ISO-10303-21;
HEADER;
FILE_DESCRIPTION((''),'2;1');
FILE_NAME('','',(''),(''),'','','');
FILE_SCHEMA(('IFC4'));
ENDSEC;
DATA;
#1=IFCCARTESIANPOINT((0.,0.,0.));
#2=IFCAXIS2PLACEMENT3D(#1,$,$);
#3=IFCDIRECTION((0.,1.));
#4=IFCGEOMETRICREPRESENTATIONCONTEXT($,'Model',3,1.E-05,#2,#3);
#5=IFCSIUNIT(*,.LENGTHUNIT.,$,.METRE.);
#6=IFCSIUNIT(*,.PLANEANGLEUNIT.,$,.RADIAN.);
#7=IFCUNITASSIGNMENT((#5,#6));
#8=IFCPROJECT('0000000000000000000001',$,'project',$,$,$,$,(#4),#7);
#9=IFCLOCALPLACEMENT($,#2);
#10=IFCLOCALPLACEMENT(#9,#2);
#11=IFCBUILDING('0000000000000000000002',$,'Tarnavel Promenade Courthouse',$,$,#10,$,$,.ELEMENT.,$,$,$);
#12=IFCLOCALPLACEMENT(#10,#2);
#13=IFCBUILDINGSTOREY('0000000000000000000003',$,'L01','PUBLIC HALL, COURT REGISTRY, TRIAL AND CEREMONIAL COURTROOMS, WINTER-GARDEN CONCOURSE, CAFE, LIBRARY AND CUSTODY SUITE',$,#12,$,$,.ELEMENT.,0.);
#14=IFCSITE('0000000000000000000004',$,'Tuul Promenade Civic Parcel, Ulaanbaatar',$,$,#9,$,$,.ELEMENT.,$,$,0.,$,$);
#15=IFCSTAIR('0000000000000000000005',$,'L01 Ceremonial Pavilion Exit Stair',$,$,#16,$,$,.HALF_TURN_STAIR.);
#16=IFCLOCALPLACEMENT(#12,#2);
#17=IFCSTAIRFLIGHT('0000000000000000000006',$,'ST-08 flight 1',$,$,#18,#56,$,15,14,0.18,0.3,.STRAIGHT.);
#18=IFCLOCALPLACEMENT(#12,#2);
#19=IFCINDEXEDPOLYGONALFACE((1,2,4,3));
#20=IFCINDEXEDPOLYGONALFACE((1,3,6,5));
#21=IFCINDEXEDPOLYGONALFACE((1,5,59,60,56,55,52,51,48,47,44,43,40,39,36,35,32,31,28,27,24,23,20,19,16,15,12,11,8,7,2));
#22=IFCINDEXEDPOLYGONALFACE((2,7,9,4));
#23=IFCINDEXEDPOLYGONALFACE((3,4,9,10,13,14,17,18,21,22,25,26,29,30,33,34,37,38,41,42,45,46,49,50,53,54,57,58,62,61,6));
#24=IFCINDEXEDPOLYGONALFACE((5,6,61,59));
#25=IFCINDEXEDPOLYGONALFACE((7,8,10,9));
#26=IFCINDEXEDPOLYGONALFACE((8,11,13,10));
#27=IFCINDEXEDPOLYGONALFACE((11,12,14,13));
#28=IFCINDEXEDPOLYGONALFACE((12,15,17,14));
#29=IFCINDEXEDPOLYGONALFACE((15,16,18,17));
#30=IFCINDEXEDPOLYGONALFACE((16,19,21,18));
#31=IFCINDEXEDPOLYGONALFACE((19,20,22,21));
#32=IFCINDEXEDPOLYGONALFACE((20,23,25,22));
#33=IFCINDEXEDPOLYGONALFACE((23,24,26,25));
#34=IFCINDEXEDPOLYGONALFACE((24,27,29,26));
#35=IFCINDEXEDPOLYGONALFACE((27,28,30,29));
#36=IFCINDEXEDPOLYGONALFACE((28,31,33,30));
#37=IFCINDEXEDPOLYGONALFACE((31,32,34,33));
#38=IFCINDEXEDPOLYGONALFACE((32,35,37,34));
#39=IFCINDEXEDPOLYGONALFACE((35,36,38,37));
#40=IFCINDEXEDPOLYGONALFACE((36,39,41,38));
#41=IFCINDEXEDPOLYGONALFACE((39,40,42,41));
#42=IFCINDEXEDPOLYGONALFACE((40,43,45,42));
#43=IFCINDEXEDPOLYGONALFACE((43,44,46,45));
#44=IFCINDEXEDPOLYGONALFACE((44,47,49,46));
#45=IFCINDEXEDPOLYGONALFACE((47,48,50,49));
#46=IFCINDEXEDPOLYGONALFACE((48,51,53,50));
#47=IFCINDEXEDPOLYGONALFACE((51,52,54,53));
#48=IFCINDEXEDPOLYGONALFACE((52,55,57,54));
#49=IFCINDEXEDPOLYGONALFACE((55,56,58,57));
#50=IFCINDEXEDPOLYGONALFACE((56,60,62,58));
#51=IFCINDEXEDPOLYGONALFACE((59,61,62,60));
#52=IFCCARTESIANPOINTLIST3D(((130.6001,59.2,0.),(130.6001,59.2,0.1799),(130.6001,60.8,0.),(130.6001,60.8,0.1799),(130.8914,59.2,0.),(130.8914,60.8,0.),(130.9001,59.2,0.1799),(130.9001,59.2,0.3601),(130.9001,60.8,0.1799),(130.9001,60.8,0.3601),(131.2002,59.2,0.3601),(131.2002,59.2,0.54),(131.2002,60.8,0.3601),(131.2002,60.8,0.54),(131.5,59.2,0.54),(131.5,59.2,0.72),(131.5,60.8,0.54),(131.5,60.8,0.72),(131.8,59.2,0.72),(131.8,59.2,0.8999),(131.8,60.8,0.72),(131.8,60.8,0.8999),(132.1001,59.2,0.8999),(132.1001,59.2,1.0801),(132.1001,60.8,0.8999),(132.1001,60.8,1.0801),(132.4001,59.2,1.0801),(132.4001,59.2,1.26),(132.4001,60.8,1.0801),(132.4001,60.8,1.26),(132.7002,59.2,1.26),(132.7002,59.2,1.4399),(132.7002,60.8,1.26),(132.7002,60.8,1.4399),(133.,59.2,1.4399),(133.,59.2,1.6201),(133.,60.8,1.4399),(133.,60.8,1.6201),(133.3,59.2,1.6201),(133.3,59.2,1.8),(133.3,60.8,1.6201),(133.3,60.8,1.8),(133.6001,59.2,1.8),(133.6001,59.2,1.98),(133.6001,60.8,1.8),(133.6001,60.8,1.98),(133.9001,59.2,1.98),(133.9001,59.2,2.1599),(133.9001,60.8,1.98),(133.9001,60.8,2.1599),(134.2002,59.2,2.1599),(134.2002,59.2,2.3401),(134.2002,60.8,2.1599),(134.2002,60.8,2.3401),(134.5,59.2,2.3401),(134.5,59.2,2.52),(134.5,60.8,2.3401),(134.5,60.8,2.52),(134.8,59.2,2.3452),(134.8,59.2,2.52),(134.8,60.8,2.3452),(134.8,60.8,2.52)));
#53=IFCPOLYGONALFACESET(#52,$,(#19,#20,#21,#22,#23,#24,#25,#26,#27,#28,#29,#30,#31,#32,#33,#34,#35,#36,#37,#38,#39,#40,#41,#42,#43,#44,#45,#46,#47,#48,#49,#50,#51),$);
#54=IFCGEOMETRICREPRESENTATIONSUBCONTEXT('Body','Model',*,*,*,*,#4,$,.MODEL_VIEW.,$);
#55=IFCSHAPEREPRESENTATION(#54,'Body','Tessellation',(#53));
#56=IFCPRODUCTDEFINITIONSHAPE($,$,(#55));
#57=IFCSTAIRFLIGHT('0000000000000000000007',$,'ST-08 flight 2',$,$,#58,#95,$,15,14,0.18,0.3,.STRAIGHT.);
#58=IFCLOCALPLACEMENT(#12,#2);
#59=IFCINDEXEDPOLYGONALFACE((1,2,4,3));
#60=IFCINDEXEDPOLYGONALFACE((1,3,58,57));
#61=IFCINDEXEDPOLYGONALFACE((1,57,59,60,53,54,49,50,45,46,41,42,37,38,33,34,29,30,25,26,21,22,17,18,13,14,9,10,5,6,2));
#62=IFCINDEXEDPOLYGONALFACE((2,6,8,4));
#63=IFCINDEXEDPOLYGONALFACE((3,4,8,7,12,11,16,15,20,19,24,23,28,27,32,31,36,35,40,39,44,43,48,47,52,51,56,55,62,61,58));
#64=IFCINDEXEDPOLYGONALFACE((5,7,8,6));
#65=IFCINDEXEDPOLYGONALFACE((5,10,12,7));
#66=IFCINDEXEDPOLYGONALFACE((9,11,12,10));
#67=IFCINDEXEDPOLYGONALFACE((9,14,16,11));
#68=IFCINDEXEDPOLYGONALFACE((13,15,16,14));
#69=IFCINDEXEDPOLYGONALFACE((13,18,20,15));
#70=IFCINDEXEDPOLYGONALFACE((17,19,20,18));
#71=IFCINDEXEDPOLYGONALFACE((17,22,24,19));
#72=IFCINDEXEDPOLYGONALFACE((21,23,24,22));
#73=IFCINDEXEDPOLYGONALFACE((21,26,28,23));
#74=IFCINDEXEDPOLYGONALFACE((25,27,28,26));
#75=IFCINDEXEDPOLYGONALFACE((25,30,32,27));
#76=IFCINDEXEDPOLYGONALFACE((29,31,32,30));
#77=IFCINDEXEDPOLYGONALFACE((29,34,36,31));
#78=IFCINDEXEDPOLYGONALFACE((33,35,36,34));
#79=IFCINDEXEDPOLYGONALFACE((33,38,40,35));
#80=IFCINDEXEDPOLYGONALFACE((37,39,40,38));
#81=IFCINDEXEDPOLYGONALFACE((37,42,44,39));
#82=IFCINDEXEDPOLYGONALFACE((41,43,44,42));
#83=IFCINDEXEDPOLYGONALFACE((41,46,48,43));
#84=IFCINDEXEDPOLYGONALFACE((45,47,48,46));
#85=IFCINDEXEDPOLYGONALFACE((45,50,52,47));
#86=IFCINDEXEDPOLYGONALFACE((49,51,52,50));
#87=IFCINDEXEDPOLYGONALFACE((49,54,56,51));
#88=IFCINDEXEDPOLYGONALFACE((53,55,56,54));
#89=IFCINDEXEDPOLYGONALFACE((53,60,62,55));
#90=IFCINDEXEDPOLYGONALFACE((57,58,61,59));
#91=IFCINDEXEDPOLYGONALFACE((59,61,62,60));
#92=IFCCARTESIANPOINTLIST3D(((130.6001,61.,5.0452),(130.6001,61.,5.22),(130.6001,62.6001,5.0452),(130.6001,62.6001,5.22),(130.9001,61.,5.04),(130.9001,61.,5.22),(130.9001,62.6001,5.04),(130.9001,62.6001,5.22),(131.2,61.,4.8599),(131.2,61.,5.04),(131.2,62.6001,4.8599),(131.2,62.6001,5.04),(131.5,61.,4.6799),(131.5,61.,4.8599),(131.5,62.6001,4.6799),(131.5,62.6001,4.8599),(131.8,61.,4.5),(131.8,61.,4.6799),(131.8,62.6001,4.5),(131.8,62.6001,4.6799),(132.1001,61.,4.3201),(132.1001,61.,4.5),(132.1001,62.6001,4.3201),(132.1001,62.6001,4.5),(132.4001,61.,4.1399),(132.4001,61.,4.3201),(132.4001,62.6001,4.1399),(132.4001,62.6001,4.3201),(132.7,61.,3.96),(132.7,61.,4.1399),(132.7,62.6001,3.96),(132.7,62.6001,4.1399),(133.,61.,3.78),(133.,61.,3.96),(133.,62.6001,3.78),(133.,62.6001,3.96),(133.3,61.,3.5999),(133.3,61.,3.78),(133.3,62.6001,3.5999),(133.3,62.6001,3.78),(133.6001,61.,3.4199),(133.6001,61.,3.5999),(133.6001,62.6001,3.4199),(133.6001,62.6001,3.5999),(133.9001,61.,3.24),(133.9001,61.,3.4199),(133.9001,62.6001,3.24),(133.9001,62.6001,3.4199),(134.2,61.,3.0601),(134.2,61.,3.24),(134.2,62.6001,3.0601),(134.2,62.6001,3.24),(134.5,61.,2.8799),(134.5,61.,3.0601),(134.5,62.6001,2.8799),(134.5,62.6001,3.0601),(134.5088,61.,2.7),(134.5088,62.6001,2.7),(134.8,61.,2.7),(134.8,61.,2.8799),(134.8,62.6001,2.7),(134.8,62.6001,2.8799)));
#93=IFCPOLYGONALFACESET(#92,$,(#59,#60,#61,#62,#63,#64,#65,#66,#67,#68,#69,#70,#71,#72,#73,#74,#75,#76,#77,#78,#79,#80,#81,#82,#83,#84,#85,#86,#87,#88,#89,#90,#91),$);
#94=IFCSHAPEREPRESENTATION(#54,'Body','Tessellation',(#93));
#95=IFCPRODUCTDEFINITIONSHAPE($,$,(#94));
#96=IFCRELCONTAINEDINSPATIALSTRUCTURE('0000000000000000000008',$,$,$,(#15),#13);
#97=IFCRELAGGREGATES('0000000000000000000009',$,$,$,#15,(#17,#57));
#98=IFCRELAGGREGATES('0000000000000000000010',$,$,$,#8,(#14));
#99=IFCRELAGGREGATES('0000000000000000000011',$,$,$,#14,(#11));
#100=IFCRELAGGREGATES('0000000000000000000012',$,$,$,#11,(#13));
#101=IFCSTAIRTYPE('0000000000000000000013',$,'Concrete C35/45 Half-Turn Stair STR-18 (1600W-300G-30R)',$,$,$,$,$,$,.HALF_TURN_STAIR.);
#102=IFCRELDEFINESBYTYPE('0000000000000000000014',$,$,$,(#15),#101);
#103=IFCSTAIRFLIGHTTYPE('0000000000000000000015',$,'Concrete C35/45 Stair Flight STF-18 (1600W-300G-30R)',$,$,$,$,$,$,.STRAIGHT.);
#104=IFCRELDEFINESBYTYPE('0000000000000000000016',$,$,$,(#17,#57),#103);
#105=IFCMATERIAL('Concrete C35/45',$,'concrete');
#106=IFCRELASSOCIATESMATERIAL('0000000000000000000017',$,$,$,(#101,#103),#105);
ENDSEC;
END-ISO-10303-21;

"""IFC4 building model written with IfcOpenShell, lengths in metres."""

from ifc_helpers import new_model, si_unit, direction, frame, origin, place, context, subcontext, project, spatial, polyline, outline, extrude, material, type_object, element, aggregate, save


model = new_model("IFC4")

# Units and contexts
model_context = context("Model", 3, precision=1e-05, world=origin(), true_north=direction((0.0, 1.0)))
body_context = subcontext(model_context, "Body", "Model", "MODEL_VIEW")
ifc_project = project(units=[si_unit("LENGTHUNIT", "METRE"), si_unit("PLANEANGLEUNIT", "RADIAN")], contexts=[model_context])

# Site, building, storey
site_placement = place(None, origin())
site = spatial("IfcSite", under=ifc_project, at=site_placement, Name="Tuul Promenade Civic Parcel, Ulaanbaatar", CompositionType="ELEMENT", RefElevation=0.0)
building_placement = place(site_placement, origin())
building = spatial("IfcBuilding", under=site, at=building_placement, Name="Tarnavel Promenade Courthouse", CompositionType="ELEMENT")
storey_placement = place(building_placement, origin())
storey = spatial("IfcBuildingStorey", under=building, at=storey_placement, Name="L01", Description="PUBLIC HALL, COURT REGISTRY, TRIAL AND CEREMONIAL COURTROOMS, WINTER-GARDEN CONCOURSE, CAFE, LIBRARY AND CUSTODY SUITE", CompositionType="ELEMENT", Elevation=0.0)

# Stair, stair flights
ifc_material_1 = material(Name="Concrete C35/45", Category="concrete")
stair_type = type_object("IfcStairType", Name="Concrete C35/45 Half-Turn Stair STR-18 (1600W-300G-30R)", PredefinedType="HALF_TURN_STAIR", material=ifc_material_1)
stair_placement = place(storey_placement, origin())
stair = element("IfcStair", 1, at=stair_placement, inside=storey, type_object=stair_type, Name="L01 Ceremonial Pavilion Exit Stair", PredefinedType="HALF_TURN_STAIR")
stair_flight_type = type_object("IfcStairFlightType", Name="Concrete C35/45 Stair Flight STF-18 (1600W-300G-30R)", PredefinedType="STRAIGHT", material=ifc_material_1)
stair_flight_1_placement = place(storey_placement, frame((130.6001, 60.0, 0.0), z_axis=(0.0, 0.0, 1.0), x_axis=(1.0, 0.0, 0.0)))
stair_flight_1 = element("IfcStairFlight", 2, at=stair_flight_1_placement, type_object=stair_flight_type, Name="ST-08 flight 1", NumberOfRisers=15, NumberOfTreads=14, PredefinedType="STRAIGHT", RiserHeight=0.18, TreadLength=0.3, context=body_context, shape_type="SweptSolid", body=[
    extrude(outline(polyline([(0.0, 0.0), (0.0, 0.1799), (0.3, 0.1799), (0.3, 0.3601), (0.6001, 0.3601), (0.6001, 0.54), (0.8999, 0.54), (0.8999, 0.72), (1.2, 0.72), (1.2, 0.8999), (1.5, 0.8999), (1.5, 1.0801), (1.8, 1.0801), (1.8, 1.26), (2.1001, 1.26), (2.1001, 1.4399), (2.3999, 1.4399), (2.3999, 1.6201), (2.7, 1.6201), (2.7, 1.8), (3.0, 1.8), (3.0, 1.98), (3.3, 1.98), (3.3, 2.1599), (3.6001, 2.1599), (3.6001, 2.3401), (3.8999, 2.3401), (3.8999, 2.52), (4.2, 2.52), (4.2, 2.7), (4.2, 2.3452), (0.2913, 0.0), (0.0, 0.0)])), frame((0.0, 0.8, 0.0), z_axis=(0.0, -1.0, 0.0), x_axis=(1.0, 0.0, 0.0)), (0.0, 0.0, 1.0), 1.6001),
])
stair_flight_2_placement = place(storey_placement, frame((134.8, 61.8, 2.7), z_axis=(0.0, 0.0, 1.0), x_axis=(-1.0, 0.0, 0.0)))
stair_flight_2 = element("IfcStairFlight", 3, at=stair_flight_2_placement, type_object=stair_flight_type, Name="ST-08 flight 2", NumberOfRisers=15, NumberOfTreads=14, PredefinedType="STRAIGHT", RiserHeight=0.18, TreadLength=0.3, context=body_context, shape_type="SweptSolid", body=[
    extrude(outline(polyline([(0.0, 0.0), (0.0, 0.1799), (0.3, 0.1799), (0.3, 0.3601), (0.6001, 0.3601), (0.6001, 0.54), (0.8999, 0.54), (0.8999, 0.72), (1.2, 0.72), (1.2, 0.8999), (1.5, 0.8999), (1.5, 1.0801), (1.8, 1.0801), (1.8, 1.26), (2.1001, 1.26), (2.1001, 1.4399), (2.3999, 1.4399), (2.3999, 1.6201), (2.7, 1.6201), (2.7, 1.8), (3.0, 1.8), (3.0, 1.98), (3.3, 1.98), (3.3, 2.1599), (3.6001, 2.1599), (3.6001, 2.3401), (3.8999, 2.3401), (3.8999, 2.52), (4.2, 2.52), (4.2, 2.7), (4.2, 2.3452), (0.2913, 0.0), (0.0, 0.0)])), frame((0.0, 0.8, 0.0), z_axis=(0.0, -1.0, 0.0), x_axis=(1.0, 0.0, 0.0)), (0.0, 0.0, 1.0), 1.6001),
])
aggregate(stair, [stair_flight_1, stair_flight_2])

save(model, "model.ifc")
